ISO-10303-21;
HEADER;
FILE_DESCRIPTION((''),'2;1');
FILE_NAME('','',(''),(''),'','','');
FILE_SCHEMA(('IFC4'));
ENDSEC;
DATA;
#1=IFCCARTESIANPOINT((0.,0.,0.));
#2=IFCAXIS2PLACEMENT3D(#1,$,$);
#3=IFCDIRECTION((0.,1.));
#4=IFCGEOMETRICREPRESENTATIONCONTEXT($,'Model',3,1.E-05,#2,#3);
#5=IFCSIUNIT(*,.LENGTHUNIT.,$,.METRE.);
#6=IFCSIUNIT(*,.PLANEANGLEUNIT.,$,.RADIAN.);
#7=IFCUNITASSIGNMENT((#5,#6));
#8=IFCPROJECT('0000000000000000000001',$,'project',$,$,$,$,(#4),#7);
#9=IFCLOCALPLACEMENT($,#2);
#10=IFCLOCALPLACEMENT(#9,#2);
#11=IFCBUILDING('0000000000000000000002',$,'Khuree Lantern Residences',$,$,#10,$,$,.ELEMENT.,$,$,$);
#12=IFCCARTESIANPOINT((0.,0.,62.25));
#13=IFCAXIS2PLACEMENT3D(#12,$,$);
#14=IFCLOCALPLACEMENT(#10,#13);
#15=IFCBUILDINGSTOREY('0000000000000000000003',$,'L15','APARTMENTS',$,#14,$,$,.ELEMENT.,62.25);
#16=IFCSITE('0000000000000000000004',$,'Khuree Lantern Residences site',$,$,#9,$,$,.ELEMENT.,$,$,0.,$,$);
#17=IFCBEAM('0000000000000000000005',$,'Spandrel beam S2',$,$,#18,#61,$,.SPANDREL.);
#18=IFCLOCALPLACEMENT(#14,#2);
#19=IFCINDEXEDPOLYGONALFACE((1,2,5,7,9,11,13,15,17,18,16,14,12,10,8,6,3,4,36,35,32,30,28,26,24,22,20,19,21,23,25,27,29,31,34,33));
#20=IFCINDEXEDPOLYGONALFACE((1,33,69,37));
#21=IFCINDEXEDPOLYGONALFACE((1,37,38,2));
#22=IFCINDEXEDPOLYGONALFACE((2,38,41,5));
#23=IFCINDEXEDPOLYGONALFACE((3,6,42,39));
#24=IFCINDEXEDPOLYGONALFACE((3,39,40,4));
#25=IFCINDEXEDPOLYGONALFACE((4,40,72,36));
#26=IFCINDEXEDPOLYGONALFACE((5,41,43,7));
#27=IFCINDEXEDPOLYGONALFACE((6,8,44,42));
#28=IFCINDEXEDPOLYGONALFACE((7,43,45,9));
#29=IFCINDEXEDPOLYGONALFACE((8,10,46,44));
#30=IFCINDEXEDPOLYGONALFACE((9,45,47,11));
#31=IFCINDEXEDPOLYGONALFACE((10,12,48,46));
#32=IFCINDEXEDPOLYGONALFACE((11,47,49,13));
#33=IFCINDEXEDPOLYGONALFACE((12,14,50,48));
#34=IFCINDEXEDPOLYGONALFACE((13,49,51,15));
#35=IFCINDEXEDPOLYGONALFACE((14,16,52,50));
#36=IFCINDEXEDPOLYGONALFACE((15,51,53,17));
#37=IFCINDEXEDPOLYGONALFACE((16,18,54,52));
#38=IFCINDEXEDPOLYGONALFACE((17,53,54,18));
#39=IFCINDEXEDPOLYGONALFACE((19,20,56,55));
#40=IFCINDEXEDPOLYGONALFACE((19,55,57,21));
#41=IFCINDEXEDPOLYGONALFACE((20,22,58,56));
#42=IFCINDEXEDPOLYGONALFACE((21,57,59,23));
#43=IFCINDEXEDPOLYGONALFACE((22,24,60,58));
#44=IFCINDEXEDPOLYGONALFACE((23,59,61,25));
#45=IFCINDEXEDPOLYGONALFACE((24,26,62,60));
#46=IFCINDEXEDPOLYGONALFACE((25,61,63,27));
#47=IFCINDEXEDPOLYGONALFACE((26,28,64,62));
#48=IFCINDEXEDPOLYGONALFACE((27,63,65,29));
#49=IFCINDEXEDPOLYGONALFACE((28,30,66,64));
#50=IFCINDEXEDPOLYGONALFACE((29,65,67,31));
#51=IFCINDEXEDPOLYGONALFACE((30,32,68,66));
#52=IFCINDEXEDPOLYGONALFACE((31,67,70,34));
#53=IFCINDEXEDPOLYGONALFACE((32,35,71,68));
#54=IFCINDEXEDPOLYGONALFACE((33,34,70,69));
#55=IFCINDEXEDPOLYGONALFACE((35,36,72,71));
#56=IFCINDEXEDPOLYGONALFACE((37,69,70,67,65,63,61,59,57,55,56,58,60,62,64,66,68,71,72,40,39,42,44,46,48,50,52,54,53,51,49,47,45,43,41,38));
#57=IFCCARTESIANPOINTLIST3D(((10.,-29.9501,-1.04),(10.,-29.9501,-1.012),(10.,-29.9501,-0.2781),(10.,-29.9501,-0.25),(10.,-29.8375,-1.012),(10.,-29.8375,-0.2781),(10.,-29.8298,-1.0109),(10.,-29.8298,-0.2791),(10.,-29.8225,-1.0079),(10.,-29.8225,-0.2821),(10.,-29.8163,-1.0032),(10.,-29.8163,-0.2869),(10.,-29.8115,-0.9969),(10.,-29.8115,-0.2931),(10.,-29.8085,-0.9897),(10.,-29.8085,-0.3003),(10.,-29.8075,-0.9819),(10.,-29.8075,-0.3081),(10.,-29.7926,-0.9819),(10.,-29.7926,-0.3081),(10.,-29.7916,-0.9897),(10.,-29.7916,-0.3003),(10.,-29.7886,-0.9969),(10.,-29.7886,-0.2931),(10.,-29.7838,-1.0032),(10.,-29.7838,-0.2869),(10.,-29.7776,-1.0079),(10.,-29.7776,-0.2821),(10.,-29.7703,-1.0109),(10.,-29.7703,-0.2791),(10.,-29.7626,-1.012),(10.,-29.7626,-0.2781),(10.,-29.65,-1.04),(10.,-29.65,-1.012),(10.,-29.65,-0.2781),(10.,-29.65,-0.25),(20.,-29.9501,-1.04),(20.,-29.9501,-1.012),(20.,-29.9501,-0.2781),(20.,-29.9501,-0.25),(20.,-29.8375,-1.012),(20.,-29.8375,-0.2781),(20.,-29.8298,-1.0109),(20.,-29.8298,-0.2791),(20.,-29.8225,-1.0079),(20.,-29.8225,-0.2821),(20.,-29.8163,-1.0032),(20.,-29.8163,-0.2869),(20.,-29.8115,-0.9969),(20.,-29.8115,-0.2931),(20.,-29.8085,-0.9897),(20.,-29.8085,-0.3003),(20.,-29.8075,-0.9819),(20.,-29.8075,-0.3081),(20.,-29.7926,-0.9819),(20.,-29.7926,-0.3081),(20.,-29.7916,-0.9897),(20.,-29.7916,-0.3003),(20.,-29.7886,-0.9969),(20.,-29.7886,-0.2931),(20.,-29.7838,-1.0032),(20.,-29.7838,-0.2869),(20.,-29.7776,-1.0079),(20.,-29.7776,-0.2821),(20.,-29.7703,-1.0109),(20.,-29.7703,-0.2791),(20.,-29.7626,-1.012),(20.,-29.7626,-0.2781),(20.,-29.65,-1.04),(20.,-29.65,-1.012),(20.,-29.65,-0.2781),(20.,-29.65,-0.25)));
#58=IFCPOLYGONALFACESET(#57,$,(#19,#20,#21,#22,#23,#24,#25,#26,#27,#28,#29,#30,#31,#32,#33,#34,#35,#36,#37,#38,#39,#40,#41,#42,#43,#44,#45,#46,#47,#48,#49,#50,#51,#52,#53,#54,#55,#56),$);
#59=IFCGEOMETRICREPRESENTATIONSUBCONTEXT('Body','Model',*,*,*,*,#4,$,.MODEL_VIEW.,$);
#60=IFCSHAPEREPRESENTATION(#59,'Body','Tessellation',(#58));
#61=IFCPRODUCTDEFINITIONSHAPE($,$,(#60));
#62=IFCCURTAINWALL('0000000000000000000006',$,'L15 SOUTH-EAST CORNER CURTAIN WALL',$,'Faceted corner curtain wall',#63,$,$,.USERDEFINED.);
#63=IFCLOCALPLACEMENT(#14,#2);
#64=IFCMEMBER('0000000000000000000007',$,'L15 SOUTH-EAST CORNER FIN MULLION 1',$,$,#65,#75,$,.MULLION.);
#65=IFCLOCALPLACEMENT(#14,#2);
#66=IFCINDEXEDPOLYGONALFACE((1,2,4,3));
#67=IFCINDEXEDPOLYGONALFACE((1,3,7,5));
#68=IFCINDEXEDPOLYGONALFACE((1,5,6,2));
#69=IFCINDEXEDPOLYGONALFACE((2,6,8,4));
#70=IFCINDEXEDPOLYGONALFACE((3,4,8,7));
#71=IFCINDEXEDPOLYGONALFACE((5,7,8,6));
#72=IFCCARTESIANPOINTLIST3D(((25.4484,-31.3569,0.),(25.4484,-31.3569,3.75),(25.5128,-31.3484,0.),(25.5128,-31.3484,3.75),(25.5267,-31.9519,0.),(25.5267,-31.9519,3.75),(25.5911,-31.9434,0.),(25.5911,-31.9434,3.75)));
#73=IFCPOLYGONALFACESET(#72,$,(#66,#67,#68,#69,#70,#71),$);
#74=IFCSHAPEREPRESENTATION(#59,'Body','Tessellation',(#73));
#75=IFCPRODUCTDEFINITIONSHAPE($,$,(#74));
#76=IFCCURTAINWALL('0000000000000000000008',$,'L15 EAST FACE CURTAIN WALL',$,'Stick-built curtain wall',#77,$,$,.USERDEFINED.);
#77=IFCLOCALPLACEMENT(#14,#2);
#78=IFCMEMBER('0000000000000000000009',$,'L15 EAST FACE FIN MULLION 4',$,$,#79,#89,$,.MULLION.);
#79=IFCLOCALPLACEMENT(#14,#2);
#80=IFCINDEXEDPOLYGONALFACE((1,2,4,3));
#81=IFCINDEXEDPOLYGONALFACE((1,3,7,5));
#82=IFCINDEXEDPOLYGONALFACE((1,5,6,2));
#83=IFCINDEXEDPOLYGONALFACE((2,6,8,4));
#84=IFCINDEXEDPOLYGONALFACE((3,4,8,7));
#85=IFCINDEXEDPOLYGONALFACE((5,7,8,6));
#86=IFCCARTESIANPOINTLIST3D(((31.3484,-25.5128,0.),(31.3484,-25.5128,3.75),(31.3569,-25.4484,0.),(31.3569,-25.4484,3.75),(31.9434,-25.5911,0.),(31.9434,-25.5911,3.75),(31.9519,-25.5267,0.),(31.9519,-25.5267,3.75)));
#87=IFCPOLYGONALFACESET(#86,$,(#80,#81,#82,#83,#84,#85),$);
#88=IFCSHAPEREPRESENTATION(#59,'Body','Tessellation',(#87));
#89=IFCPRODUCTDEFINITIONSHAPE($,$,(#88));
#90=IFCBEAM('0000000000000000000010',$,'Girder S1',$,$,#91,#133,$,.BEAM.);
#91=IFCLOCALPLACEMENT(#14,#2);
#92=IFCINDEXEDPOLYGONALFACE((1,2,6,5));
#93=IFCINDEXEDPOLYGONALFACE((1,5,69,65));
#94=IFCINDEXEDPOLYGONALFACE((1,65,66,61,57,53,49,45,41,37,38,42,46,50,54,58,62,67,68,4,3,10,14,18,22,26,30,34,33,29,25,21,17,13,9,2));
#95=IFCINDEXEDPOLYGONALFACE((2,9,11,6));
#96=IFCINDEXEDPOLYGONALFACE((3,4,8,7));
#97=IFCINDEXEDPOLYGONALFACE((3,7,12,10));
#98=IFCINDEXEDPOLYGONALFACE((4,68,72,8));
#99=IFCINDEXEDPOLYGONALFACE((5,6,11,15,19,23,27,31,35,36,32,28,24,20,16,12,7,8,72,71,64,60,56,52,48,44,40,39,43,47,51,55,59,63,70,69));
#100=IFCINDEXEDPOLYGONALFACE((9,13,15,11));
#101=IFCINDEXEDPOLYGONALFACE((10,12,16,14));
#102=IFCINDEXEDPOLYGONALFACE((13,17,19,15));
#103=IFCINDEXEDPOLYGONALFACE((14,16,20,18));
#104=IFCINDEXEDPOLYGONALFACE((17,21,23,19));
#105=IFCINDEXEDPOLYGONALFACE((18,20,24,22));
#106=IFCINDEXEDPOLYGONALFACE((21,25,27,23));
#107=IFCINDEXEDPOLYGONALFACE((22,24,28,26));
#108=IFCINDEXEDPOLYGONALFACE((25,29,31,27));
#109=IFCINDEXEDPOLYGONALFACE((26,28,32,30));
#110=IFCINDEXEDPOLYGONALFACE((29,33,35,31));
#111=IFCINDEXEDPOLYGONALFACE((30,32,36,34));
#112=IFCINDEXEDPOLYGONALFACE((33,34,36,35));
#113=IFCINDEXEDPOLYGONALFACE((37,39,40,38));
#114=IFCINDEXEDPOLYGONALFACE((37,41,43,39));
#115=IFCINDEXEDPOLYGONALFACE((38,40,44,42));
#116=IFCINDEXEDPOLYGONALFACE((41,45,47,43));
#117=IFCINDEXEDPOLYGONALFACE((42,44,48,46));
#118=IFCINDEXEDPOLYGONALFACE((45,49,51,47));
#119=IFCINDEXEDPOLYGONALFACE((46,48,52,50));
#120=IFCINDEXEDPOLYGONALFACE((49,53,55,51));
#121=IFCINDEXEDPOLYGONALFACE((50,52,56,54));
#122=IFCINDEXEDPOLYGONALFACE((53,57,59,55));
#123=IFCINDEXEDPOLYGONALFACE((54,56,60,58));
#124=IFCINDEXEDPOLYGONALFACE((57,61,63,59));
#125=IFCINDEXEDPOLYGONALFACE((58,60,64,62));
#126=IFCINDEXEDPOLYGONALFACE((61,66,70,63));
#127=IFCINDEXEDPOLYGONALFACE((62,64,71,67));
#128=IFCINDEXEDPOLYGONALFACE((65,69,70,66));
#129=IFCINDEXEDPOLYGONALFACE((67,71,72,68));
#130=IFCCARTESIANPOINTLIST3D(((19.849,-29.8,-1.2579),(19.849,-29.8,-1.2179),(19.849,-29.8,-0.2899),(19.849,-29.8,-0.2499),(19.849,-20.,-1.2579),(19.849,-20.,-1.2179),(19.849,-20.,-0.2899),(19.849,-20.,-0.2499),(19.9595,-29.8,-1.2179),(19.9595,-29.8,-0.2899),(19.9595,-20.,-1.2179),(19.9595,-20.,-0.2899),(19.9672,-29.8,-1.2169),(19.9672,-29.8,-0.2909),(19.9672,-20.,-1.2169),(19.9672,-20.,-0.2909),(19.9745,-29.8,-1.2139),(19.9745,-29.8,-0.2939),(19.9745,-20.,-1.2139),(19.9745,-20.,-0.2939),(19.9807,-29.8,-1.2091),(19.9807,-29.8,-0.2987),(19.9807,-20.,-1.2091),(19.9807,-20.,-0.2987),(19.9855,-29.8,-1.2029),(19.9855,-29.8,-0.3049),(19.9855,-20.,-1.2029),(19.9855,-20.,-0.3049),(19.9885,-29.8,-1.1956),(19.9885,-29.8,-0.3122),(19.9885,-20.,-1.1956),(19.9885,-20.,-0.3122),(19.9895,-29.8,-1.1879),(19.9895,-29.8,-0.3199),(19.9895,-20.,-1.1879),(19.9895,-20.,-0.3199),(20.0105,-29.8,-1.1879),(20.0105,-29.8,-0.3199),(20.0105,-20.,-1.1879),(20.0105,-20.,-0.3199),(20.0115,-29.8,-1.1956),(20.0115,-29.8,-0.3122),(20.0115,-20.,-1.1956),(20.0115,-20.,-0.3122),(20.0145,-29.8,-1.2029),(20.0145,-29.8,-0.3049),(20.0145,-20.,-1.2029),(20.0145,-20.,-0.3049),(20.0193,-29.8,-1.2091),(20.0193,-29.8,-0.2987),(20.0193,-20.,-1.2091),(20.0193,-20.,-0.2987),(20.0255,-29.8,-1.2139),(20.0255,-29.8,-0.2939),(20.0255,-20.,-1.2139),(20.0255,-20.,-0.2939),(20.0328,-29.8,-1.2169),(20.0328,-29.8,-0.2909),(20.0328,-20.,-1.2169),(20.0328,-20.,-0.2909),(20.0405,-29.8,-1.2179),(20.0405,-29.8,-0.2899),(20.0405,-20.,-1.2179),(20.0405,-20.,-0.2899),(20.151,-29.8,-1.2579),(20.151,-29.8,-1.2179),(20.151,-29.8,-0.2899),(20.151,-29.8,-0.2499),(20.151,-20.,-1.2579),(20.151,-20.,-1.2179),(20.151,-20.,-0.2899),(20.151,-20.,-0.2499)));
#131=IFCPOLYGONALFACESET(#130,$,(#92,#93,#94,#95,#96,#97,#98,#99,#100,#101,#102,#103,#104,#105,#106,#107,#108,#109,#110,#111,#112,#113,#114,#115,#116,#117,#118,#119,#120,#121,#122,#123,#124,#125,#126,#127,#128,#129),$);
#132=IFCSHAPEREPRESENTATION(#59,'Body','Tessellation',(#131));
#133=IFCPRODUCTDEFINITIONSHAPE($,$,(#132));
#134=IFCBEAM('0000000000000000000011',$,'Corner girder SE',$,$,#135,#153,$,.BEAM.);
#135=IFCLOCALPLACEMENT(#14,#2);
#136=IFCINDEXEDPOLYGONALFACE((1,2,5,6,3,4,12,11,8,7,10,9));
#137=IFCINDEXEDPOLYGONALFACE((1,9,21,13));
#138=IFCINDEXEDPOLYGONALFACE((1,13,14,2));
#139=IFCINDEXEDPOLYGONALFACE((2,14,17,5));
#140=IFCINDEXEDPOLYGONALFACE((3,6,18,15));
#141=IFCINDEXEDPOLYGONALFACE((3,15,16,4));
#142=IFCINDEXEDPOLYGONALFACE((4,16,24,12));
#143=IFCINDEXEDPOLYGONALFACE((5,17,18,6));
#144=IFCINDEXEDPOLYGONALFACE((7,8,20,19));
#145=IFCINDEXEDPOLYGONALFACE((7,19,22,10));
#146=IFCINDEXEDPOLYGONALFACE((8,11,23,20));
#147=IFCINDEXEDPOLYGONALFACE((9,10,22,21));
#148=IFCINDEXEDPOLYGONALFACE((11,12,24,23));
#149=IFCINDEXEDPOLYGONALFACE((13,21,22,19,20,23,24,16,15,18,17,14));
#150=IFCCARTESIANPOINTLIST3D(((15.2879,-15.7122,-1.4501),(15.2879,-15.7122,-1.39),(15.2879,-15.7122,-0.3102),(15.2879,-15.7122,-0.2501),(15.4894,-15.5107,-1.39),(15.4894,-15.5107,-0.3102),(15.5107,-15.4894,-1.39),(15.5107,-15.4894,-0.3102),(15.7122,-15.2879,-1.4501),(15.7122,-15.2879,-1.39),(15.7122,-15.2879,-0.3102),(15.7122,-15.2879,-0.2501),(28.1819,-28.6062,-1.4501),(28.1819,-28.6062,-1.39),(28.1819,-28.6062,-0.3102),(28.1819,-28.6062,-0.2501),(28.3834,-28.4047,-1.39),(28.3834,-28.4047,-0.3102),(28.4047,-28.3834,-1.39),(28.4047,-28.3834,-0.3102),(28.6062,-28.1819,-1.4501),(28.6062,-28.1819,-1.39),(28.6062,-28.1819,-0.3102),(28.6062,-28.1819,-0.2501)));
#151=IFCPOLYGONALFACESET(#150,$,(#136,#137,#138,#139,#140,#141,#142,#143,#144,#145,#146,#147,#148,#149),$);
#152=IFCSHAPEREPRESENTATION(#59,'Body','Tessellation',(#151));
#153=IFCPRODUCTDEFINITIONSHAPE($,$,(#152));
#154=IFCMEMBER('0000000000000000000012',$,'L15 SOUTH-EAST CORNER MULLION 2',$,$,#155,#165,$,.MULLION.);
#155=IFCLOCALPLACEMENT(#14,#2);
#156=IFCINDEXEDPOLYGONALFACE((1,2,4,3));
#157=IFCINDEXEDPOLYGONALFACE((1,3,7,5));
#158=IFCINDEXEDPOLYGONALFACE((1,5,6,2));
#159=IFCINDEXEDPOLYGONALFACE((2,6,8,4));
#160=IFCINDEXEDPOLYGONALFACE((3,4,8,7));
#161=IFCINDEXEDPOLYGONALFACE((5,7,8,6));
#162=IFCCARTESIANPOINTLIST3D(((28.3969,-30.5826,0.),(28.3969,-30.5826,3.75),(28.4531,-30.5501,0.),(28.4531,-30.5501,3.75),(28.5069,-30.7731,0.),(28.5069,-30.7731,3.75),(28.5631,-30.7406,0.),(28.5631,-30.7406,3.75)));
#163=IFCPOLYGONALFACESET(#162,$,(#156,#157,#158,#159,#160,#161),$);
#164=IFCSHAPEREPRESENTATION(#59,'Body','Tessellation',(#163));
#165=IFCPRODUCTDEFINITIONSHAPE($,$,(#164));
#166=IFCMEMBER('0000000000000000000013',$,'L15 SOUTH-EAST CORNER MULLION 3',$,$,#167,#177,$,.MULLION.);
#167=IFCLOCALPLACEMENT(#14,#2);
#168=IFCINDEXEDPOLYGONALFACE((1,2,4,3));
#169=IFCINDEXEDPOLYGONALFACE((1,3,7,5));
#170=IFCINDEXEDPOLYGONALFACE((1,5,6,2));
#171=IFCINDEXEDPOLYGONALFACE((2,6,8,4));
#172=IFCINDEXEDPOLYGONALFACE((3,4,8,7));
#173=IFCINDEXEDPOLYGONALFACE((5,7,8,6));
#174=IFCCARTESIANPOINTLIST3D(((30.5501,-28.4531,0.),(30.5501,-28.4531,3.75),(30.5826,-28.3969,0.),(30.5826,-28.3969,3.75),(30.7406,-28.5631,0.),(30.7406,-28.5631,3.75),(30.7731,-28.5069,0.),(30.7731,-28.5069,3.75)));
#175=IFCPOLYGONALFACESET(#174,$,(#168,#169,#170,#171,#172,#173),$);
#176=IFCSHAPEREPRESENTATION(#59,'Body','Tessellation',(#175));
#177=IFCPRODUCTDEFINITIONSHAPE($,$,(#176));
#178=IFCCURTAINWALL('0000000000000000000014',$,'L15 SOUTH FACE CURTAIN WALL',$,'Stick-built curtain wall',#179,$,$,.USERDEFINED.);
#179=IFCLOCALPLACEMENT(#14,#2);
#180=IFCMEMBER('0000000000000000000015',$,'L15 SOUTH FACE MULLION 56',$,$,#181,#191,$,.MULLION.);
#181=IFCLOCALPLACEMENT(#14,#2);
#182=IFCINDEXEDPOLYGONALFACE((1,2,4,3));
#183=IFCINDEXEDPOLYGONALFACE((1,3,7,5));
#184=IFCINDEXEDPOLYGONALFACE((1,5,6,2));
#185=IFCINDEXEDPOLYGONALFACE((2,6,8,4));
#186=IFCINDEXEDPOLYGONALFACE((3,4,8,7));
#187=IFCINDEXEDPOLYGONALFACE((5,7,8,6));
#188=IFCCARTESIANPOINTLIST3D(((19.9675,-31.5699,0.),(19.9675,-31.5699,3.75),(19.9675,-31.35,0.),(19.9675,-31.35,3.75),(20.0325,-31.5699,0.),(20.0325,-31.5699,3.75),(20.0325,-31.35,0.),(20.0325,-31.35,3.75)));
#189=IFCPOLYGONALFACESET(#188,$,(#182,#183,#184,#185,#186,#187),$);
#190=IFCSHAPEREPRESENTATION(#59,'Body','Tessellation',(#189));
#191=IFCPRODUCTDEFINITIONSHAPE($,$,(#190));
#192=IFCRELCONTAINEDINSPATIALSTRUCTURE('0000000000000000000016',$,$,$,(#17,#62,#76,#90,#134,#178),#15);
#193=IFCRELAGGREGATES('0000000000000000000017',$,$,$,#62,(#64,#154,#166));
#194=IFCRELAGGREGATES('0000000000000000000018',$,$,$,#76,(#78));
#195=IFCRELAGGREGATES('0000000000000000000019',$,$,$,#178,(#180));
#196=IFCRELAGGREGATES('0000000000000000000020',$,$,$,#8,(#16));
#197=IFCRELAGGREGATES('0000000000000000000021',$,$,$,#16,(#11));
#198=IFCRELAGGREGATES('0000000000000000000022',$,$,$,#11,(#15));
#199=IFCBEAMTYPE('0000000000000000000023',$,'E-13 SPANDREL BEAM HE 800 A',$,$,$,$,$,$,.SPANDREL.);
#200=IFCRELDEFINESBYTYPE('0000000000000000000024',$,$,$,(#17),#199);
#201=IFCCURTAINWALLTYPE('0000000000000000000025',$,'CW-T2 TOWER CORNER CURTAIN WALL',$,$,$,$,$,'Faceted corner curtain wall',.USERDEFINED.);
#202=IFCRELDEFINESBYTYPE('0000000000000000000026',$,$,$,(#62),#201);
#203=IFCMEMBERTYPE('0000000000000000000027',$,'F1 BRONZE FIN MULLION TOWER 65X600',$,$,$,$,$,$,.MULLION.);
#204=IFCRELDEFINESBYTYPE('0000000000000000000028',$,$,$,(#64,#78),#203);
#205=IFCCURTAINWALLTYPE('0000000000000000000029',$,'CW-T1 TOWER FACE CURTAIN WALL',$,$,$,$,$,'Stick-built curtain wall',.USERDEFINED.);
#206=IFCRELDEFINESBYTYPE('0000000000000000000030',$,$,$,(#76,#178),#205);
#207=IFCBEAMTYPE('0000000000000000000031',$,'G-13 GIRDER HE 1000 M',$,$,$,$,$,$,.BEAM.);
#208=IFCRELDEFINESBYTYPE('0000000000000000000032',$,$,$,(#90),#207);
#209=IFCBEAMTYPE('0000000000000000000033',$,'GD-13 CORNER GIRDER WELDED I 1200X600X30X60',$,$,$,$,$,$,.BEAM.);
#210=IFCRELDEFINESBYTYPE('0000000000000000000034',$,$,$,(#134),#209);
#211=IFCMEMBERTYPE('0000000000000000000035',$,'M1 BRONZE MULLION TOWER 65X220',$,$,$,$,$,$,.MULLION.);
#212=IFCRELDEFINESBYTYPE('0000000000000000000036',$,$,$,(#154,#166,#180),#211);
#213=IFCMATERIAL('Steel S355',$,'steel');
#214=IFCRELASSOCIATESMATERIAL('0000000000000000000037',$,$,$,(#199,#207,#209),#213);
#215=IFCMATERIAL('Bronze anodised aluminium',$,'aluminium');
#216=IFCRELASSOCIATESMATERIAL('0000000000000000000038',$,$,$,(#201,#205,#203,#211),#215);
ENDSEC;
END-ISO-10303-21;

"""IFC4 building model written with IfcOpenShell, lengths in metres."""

from ifc_helpers import new_model, si_unit, direction, frame, origin, origin_2d, place, context, subcontext, project, spatial, rectangle, i_section, extrude, material, material_profile, profile_set, type_object, element, aggregate, save


model = new_model("IFC4")

# Units and contexts
model_context = context("Model", 3, precision=1e-05, world=origin(), true_north=direction((0.0, 1.0)))
body_context = subcontext(model_context, "Body", "Model", "MODEL_VIEW")
ifc_project = project(units=[si_unit("LENGTHUNIT", "METRE"), si_unit("PLANEANGLEUNIT", "RADIAN")], contexts=[model_context])

# Site, building, storey
site_placement = place(None, origin())
site = spatial("IfcSite", under=ifc_project, at=site_placement, Name="Khuree Lantern Residences site", CompositionType="ELEMENT", RefElevation=0.0)
building_placement = place(site_placement, origin())
building = spatial("IfcBuilding", under=site, at=building_placement, Name="Khuree Lantern Residences", CompositionType="ELEMENT")
storey_placement = place(building_placement, frame((0.0, 0.0, 62.25)))
storey = spatial("IfcBuildingStorey", under=building, at=storey_placement, Name="L15", Description="APARTMENTS", CompositionType="ELEMENT", Elevation=62.25)

# Beam
ifc_material_1 = material(Name="Steel S355", Category="steel")
ifc_material_profile_1 = material_profile(ifc_material_1, i_section(OverallWidth=0.3, OverallDepth=0.79, WebThickness=0.0149, FlangeThickness=0.0281, FilletRadius=0.03, at=origin_2d()), Name="HE 800 A")
ifc_profile_set_1 = profile_set([ifc_material_profile_1], Name="Steel S355")
beam_type_1 = type_object("IfcBeamType", Name="E-13 SPANDREL BEAM HE 800 A", PredefinedType="SPANDREL", material=ifc_profile_set_1)
beam_1_placement = place(storey_placement, frame((20.0, -29.8, -0.645), z_axis=(-1.0, 0.0, 0.0), x_axis=(0.0, -1.0, 0.0)))
element("IfcBeam", 1, at=beam_1_placement, inside=storey, type_object=beam_type_1, Name="Spandrel beam S2", PredefinedType="SPANDREL", context=body_context, shape_type="SweptSolid", body=[
    extrude(i_section(OverallWidth=0.3, OverallDepth=0.79, WebThickness=0.0149, FlangeThickness=0.0281, FilletRadius=0.03, at=origin_2d()), origin(), (0.0, 0.0, 1.0), 10.0),
])

# Curtain walls, members
ifc_material_2 = material(Name="Bronze anodised aluminium", Category="aluminium")
curtain_wall_type_1 = type_object("IfcCurtainWallType", Name="CW-T2 TOWER CORNER CURTAIN WALL", ElementType="Faceted corner curtain wall", PredefinedType="USERDEFINED", material=ifc_material_2)
curtain_wall_1_placement = place(storey_placement, origin())
curtain_wall_1 = element("IfcCurtainWall", 2, at=curtain_wall_1_placement, inside=storey, type_object=curtain_wall_type_1, Name="L15 SOUTH-EAST CORNER CURTAIN WALL", ObjectType="Faceted corner curtain wall", PredefinedType="USERDEFINED")
ifc_material_profile_2 = material_profile(ifc_material_2, rectangle(XDim=0.0649, YDim=0.6001, at=origin_2d()), Name="F1 65X600")
ifc_profile_set_2 = profile_set([ifc_material_profile_2], Name="Bronze anodised aluminium")
member_type_1 = type_object("IfcMemberType", Name="F1 BRONZE FIN MULLION TOWER 65X600", PredefinedType="MULLION", material=ifc_profile_set_2)
member_1_placement = place(storey_placement, frame((25.5198, -31.6501, 0.0), z_axis=(0.0, 0.0, 1.0), x_axis=(0.991445, 0.130526, 0.0)))
member_1 = element("IfcMember", 3, at=member_1_placement, type_object=member_type_1, Name="L15 SOUTH-EAST CORNER FIN MULLION 1", PredefinedType="MULLION", context=body_context, shape_type="SweptSolid", body=[
    extrude(rectangle(XDim=0.0649, YDim=0.6001, at=origin_2d()), origin(), (0.0, 0.0, 1.0), 3.75),
])
curtain_wall_type_2 = type_object("IfcCurtainWallType", Name="CW-T1 TOWER FACE CURTAIN WALL", ElementType="Stick-built curtain wall", PredefinedType="USERDEFINED", material=ifc_material_2)
curtain_wall_2_placement = place(storey_placement, origin())
curtain_wall_2 = element("IfcCurtainWall", 4, at=curtain_wall_2_placement, inside=storey, type_object=curtain_wall_type_2, Name="L15 EAST FACE CURTAIN WALL", ObjectType="Stick-built curtain wall", PredefinedType="USERDEFINED")
member_2_placement = place(storey_placement, frame((31.6501, -25.5198, 0.0), z_axis=(0.0, 0.0, 1.0), x_axis=(0.130526, 0.991445, 0.0)))
member_2 = element("IfcMember", 5, at=member_2_placement, type_object=member_type_1, Name="L15 EAST FACE FIN MULLION 4", PredefinedType="MULLION", context=body_context, shape_type="SweptSolid", body=[
    extrude(rectangle(XDim=0.0649, YDim=0.6001, at=origin_2d()), origin(), (0.0, 0.0, 1.0), 3.75),
])

# Beams
ifc_material_profile_3 = material_profile(ifc_material_1, i_section(OverallWidth=0.302, OverallDepth=1.0081, WebThickness=0.021, FlangeThickness=0.04, FilletRadius=0.03, at=origin_2d()), Name="HE 1000 M")
ifc_profile_set_3 = profile_set([ifc_material_profile_3], Name="Steel S355")
beam_type_2 = type_object("IfcBeamType", Name="G-13 GIRDER HE 1000 M", PredefinedType="BEAM", material=ifc_profile_set_3)
beam_2_placement = place(storey_placement, frame((20.0, -29.8, -0.7539), z_axis=(0.0, 1.0, 0.0), x_axis=(-1.0, 0.0, 0.0)))
element("IfcBeam", 6, at=beam_2_placement, inside=storey, type_object=beam_type_2, Name="Girder S1", PredefinedType="BEAM", context=body_context, shape_type="SweptSolid", body=[
    extrude(i_section(OverallWidth=0.302, OverallDepth=1.0081, WebThickness=0.021, FlangeThickness=0.04, FilletRadius=0.03, at=origin_2d()), origin(), (0.0, 0.0, 1.0), 9.8),
])
ifc_material_profile_4 = material_profile(ifc_material_1, i_section(OverallWidth=0.6001, OverallDepth=1.2, WebThickness=0.03, FlangeThickness=0.0601, at=origin_2d()), Name="WELDED I 1200X600X30X60")
ifc_profile_set_4 = profile_set([ifc_material_profile_4], Name="Steel S355")
beam_type_3 = type_object("IfcBeamType", Name="GD-13 CORNER GIRDER WELDED I 1200X600X30X60", PredefinedType="BEAM", material=ifc_profile_set_4)
beam_3_placement = place(storey_placement, frame((28.394, -28.394, -0.8501), z_axis=(-0.707107, 0.707107, 0.0), x_axis=(-0.707107, -0.707107, 0.0)))
element("IfcBeam", 7, at=beam_3_placement, inside=storey, type_object=beam_type_3, Name="Corner girder SE", PredefinedType="BEAM", context=body_context, shape_type="SweptSolid", body=[
    extrude(i_section(OverallWidth=0.6001, OverallDepth=1.2, WebThickness=0.03, FlangeThickness=0.0601, at=origin_2d()), origin(), (0.0, 0.0, 1.0), 18.2349),
])

# Members
ifc_material_profile_5 = material_profile(ifc_material_2, rectangle(XDim=0.0649, YDim=0.22, at=origin_2d()), Name="M1 65X220")
ifc_profile_set_5 = profile_set([ifc_material_profile_5], Name="Bronze anodised aluminium")
member_type_2 = type_object("IfcMemberType", Name="M1 BRONZE MULLION TOWER 65X220", PredefinedType="MULLION", material=ifc_profile_set_5)
member_3_placement = place(storey_placement, frame((28.48, -30.6616, 0.0), z_axis=(0.0, 0.0, 1.0), x_axis=(0.866025, 0.5, 0.0)))
member_3 = element("IfcMember", 8, at=member_3_placement, type_object=member_type_2, Name="L15 SOUTH-EAST CORNER MULLION 2", PredefinedType="MULLION", context=body_context, shape_type="SweptSolid", body=[
    extrude(rectangle(XDim=0.0649, YDim=0.22, at=origin_2d()), origin(), (0.0, 0.0, 1.0), 3.75),
])
member_4_placement = place(storey_placement, frame((30.6616, -28.48, 0.0), z_axis=(0.0, 0.0, 1.0), x_axis=(0.5, 0.866025, 0.0)))
member_4 = element("IfcMember", 9, at=member_4_placement, type_object=member_type_2, Name="L15 SOUTH-EAST CORNER MULLION 3", PredefinedType="MULLION", context=body_context, shape_type="SweptSolid", body=[
    extrude(rectangle(XDim=0.0649, YDim=0.22, at=origin_2d()), origin(), (0.0, 0.0, 1.0), 3.75),
])

# Curtain wall, member
curtain_wall_3_placement = place(storey_placement, origin())
curtain_wall_3 = element("IfcCurtainWall", 10, at=curtain_wall_3_placement, inside=storey, type_object=curtain_wall_type_2, Name="L15 SOUTH FACE CURTAIN WALL", ObjectType="Stick-built curtain wall", PredefinedType="USERDEFINED")
member_5_placement = place(storey_placement, frame((20.0, -31.46, 0.0), z_axis=(0.0, 0.0, 1.0), x_axis=(1.0, 0.0, 0.0)))
member_5 = element("IfcMember", 11, at=member_5_placement, type_object=member_type_2, Name="L15 SOUTH FACE MULLION 56", PredefinedType="MULLION", context=body_context, shape_type="SweptSolid", body=[
    extrude(rectangle(XDim=0.0649, YDim=0.22, at=origin_2d()), origin(), (0.0, 0.0, 1.0), 3.75),
])

aggregate(curtain_wall_1, [member_1, member_3, member_4])
aggregate(curtain_wall_2, [member_2])
aggregate(curtain_wall_3, [member_5])

save(model, "model.ifc")
